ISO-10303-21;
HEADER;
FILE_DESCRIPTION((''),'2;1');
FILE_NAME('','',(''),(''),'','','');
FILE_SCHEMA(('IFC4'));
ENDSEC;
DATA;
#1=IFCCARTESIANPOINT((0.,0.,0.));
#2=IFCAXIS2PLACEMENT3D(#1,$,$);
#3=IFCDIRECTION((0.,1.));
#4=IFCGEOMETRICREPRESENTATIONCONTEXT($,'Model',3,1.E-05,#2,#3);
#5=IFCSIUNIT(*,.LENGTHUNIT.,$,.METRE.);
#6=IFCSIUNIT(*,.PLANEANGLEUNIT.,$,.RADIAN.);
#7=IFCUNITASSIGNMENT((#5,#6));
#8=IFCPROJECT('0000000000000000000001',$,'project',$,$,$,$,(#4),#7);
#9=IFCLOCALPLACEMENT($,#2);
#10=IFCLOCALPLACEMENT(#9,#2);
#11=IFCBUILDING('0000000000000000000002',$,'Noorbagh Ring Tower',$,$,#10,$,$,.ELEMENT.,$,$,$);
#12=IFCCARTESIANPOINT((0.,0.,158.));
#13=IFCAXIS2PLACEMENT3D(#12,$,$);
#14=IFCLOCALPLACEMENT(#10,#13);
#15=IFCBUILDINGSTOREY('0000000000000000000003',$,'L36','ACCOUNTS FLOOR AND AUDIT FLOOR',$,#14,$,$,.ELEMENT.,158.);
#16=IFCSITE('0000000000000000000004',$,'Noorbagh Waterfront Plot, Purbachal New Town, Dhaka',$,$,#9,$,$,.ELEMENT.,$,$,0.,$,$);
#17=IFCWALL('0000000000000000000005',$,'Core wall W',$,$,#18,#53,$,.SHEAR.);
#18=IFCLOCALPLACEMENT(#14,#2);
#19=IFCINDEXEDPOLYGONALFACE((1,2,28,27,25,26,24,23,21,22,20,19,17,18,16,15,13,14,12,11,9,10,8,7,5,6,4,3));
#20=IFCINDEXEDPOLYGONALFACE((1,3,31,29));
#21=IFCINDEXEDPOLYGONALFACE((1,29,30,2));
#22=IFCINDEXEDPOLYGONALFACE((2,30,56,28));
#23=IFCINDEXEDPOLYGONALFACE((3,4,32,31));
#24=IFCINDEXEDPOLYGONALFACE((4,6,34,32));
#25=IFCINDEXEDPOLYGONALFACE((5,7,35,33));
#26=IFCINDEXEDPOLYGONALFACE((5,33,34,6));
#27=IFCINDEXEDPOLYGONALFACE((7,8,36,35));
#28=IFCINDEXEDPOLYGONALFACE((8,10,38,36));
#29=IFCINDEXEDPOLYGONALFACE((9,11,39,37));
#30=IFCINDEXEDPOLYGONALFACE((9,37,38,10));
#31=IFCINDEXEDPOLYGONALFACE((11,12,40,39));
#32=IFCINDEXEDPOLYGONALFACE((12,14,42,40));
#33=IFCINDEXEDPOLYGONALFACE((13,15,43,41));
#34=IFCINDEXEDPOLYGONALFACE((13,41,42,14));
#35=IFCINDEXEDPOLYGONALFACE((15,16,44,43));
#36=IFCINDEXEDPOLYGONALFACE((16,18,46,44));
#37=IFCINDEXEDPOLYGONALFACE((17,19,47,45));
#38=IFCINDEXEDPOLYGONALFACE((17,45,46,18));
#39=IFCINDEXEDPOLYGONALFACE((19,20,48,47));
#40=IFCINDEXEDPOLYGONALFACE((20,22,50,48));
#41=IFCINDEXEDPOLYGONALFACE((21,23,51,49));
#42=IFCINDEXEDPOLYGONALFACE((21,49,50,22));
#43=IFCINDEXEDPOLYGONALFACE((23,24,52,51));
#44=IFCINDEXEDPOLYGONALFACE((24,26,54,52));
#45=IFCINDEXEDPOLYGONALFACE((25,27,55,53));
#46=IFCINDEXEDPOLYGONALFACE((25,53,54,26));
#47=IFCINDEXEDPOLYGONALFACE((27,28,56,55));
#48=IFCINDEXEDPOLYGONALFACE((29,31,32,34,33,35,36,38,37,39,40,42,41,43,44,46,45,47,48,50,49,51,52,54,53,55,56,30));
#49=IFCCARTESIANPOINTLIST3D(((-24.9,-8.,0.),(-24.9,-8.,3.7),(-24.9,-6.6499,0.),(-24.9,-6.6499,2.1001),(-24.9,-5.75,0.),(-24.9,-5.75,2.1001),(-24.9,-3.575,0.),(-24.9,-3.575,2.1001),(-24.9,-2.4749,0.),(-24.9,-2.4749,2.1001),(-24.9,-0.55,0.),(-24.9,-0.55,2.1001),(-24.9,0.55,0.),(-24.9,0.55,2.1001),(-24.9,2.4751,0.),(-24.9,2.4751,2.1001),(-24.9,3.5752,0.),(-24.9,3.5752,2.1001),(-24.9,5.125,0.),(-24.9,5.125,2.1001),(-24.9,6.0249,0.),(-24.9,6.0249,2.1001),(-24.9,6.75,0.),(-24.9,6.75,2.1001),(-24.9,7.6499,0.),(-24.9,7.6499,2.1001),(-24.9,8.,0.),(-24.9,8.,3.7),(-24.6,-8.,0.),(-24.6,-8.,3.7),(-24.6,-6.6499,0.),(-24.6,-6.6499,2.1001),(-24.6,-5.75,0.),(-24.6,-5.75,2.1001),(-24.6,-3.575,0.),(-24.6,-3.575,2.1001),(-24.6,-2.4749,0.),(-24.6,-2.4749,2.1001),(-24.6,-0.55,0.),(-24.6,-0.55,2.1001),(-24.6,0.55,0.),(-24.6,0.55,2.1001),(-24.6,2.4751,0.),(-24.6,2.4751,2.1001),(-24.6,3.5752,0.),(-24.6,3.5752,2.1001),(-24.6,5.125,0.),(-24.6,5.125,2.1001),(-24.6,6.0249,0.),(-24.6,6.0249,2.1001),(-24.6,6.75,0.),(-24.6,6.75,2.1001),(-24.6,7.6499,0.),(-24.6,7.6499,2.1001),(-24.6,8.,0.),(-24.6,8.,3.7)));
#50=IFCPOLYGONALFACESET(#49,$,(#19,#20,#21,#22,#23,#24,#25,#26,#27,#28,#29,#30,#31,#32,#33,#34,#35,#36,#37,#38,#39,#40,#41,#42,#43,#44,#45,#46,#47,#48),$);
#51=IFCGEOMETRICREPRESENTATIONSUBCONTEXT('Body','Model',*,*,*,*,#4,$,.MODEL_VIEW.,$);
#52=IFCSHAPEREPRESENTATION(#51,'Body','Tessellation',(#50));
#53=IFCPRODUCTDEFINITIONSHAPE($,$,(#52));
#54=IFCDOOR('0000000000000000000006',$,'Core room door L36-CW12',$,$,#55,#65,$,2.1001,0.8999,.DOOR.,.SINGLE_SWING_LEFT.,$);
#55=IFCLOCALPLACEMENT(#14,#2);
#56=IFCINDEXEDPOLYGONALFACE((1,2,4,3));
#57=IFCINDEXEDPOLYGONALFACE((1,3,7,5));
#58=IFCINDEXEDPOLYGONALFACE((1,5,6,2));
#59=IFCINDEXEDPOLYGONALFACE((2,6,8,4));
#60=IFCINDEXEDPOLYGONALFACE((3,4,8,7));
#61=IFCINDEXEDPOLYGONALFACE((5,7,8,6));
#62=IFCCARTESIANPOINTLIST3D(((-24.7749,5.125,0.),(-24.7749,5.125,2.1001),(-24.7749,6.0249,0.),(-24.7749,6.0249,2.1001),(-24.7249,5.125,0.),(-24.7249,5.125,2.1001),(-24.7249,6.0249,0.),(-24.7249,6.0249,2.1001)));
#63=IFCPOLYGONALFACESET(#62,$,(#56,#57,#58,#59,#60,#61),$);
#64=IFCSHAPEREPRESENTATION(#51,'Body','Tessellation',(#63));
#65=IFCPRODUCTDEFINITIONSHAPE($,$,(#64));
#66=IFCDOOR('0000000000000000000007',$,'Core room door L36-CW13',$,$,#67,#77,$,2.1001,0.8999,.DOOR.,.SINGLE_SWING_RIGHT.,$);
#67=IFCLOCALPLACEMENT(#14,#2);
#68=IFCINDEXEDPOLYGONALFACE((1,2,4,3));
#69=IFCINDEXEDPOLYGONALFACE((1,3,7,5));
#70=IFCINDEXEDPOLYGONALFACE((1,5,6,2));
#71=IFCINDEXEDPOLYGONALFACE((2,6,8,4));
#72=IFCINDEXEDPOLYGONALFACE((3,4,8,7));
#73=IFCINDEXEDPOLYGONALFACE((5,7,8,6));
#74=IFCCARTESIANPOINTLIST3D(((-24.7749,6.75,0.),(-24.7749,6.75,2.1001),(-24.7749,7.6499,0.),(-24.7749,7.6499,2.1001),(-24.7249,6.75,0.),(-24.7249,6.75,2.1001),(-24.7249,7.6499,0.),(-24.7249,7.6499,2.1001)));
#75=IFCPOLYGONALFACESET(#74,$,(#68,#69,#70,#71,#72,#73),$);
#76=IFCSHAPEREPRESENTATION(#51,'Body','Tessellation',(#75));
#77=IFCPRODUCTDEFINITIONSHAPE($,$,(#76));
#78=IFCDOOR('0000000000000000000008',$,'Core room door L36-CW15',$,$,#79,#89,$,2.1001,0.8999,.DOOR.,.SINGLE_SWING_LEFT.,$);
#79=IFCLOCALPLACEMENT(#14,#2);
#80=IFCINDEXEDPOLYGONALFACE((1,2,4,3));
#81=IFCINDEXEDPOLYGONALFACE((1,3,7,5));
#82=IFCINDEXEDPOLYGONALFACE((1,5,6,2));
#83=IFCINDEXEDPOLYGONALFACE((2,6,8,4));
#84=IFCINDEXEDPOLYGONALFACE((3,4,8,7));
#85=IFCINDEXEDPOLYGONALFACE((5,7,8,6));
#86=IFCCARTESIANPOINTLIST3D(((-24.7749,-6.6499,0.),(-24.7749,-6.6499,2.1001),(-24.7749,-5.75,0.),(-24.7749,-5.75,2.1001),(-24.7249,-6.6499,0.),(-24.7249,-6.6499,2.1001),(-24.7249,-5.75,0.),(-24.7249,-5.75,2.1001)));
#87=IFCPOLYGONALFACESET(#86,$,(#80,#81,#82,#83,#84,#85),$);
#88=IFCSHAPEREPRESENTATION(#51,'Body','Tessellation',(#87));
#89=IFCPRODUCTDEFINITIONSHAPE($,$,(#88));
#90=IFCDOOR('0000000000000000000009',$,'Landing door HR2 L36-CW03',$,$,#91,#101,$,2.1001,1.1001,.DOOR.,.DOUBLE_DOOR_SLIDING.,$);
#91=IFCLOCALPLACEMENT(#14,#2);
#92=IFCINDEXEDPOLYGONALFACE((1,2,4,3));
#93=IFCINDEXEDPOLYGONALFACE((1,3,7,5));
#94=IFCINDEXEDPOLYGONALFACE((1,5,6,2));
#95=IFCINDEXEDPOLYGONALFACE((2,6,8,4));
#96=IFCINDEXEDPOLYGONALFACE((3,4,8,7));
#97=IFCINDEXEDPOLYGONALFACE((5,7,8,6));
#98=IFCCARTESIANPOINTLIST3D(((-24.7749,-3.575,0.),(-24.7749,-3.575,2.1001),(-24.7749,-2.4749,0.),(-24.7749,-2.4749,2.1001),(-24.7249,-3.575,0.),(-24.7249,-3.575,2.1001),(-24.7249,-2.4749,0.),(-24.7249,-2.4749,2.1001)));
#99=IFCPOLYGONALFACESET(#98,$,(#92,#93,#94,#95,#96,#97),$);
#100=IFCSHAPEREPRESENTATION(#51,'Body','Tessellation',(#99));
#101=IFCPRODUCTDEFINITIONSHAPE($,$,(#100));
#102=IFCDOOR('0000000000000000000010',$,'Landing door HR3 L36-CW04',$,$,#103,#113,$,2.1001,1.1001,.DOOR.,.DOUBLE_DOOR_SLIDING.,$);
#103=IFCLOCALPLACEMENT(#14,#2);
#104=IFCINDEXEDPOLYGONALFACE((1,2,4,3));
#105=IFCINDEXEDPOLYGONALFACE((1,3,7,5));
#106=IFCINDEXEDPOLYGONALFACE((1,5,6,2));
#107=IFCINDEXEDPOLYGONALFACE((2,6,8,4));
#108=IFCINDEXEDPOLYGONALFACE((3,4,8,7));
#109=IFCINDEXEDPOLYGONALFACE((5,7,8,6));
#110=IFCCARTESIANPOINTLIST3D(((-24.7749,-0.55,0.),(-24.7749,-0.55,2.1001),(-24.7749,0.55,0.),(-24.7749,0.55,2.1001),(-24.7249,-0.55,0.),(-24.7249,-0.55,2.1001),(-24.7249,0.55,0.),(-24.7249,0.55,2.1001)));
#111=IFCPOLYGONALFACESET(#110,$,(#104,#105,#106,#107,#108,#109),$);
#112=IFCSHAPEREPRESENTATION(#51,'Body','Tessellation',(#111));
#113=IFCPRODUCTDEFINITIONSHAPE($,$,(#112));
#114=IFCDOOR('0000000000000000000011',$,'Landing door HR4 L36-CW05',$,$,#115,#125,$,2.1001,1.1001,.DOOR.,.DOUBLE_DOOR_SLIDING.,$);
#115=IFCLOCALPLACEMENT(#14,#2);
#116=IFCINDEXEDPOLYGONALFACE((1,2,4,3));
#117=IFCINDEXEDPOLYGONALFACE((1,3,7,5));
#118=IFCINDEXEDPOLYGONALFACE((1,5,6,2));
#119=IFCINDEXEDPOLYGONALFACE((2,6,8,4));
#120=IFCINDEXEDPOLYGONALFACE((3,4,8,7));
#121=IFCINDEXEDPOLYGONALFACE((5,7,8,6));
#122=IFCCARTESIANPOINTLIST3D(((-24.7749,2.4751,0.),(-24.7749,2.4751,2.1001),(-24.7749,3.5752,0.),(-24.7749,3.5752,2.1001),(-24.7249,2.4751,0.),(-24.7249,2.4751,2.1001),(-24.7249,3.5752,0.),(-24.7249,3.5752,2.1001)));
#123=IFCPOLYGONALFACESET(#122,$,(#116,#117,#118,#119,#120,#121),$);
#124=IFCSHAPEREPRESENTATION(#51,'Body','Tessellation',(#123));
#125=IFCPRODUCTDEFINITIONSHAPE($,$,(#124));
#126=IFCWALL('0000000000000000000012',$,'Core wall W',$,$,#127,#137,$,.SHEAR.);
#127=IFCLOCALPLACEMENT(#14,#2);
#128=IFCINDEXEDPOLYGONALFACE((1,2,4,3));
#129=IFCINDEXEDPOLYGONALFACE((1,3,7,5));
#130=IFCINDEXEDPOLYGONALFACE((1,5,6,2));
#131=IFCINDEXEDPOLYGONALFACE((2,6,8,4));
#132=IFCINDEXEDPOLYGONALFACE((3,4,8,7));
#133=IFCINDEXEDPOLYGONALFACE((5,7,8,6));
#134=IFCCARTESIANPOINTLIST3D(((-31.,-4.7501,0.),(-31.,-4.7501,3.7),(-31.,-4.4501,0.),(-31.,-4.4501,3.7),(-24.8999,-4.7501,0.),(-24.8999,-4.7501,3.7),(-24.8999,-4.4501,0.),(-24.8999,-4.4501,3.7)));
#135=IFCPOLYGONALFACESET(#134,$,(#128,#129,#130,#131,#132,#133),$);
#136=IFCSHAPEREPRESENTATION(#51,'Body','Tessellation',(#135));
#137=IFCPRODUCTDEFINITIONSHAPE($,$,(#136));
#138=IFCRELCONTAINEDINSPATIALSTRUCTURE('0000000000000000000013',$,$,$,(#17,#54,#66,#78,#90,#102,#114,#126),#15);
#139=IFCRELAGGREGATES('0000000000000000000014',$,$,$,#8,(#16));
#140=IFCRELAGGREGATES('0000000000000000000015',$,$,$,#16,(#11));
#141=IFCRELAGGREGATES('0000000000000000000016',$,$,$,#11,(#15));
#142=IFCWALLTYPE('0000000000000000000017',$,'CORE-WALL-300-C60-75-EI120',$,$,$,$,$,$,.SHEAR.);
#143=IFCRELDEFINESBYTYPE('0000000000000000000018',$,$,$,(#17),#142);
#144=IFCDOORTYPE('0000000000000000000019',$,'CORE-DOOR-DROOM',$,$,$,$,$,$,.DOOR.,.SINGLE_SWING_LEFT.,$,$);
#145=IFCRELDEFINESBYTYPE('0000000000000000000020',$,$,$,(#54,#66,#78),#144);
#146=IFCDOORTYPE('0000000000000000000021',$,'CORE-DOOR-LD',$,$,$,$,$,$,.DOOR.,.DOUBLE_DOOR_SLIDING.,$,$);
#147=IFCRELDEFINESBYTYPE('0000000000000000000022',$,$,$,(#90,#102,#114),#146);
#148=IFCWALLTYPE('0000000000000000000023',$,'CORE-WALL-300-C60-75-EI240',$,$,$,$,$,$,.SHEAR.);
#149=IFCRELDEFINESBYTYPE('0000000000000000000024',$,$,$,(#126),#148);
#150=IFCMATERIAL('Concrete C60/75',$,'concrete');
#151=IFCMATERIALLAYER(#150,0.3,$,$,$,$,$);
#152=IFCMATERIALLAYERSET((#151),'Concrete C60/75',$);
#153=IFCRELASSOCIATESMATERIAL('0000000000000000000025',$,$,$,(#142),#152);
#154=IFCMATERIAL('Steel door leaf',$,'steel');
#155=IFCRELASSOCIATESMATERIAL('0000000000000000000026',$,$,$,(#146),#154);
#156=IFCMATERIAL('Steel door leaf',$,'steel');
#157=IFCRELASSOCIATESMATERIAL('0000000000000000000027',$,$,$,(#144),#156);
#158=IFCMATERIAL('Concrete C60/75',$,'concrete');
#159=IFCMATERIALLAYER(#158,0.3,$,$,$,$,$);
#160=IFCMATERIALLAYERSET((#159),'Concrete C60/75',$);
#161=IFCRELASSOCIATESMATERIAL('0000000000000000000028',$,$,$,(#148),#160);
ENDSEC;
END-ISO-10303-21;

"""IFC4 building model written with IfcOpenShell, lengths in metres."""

from ifc_helpers import new_model, si_unit, direction, frame, frame_2d, origin, place, context, subcontext, project, spatial, rectangle, extrude, material, layer, layer_set, type_object, element, fill, save


model = new_model("IFC4")

# Units and contexts
model_context = context("Model", 3, precision=1e-05, world=origin(), true_north=direction((0.0, 1.0)))
body_context = subcontext(model_context, "Body", "Model", "MODEL_VIEW")
ifc_project = project(units=[si_unit("LENGTHUNIT", "METRE"), si_unit("PLANEANGLEUNIT", "RADIAN")], contexts=[model_context])

# Site, building, storey
site_placement = place(None, origin())
site = spatial("IfcSite", under=ifc_project, at=site_placement, Name="Noorbagh Waterfront Plot, Purbachal New Town, Dhaka", CompositionType="ELEMENT", RefElevation=0.0)
building_placement = place(site_placement, origin())
building = spatial("IfcBuilding", under=site, at=building_placement, Name="Noorbagh Ring Tower", CompositionType="ELEMENT")
storey_placement = place(building_placement, frame((0.0, 0.0, 158.0)))
storey = spatial("IfcBuildingStorey", under=building, at=storey_placement, Name="L36", Description="ACCOUNTS FLOOR AND AUDIT FLOOR", CompositionType="ELEMENT", Elevation=158.0)

# Shared definitions
ifc_material_1 = material(Name="Concrete C60/75", Category="concrete")
ifc_layer_1 = layer(ifc_material_1, 0.3)
ifc_layer_set_1 = layer_set([ifc_layer_1], Name="Concrete C60/75")
wall_type_1 = type_object("IfcWallType", Name="CORE-WALL-300-C60-75-EI120", PredefinedType="SHEAR", material=ifc_layer_set_1)

# Wall, openings, doors
ifc_material_2 = material(Name="Steel door leaf", Category="steel")
door_type_1 = type_object("IfcDoorType", Name="CORE-DOOR-LD", OperationType="DOUBLE_DOOR_SLIDING", PredefinedType="DOOR", material=ifc_material_2)
wall_1_placement = place(storey_placement, frame((-24.75, -8.0, 0.0), z_axis=(0.0, 0.0, 1.0), x_axis=(0.0, 1.0, 0.0)))
wall_1 = element("IfcWall", 1, at=wall_1_placement, inside=storey, type_object=wall_type_1, Name="Core wall W", PredefinedType="SHEAR", context=body_context, shape_type="SweptSolid", body=[
    extrude(rectangle(XDim=16.0, YDim=0.3, at=frame_2d((8.0, 0.0))), origin(), (0.0, 0.0, 1.0), 3.7),
])
opening_1_placement = place(wall_1_placement, frame((4.425, 0.0, 0.0)))
opening_1 = element("IfcOpeningElement", 2, at=opening_1_placement, cuts=wall_1, PredefinedType="OPENING", context=body_context, shape_type="SweptSolid", body=[
    extrude(rectangle(XDim=1.1001, YDim=2.1001, at=frame_2d((0.55, 1.05))), frame((0.0, 0.1602, 0.0), z_axis=(0.0, -1.0, 0.0), x_axis=(1.0, 0.0, 0.0)), (0.0, 0.0, 1.0), 0.3201),
])
opening_2_placement = place(wall_1_placement, frame((7.45, 0.0, 0.0)))
opening_2 = element("IfcOpeningElement", 3, at=opening_2_placement, cuts=wall_1, PredefinedType="OPENING", context=body_context, shape_type="SweptSolid", body=[
    extrude(rectangle(XDim=1.1001, YDim=2.1001, at=frame_2d((0.55, 1.05))), frame((0.0, 0.1602, 0.0), z_axis=(0.0, -1.0, 0.0), x_axis=(1.0, 0.0, 0.0)), (0.0, 0.0, 1.0), 0.3201),
])
opening_3_placement = place(wall_1_placement, frame((10.4751, 0.0, 0.0)))
opening_3 = element("IfcOpeningElement", 4, at=opening_3_placement, cuts=wall_1, PredefinedType="OPENING", context=body_context, shape_type="SweptSolid", body=[
    extrude(rectangle(XDim=1.1001, YDim=2.1001, at=frame_2d((0.55, 1.05))), frame((0.0, 0.1602, 0.0), z_axis=(0.0, -1.0, 0.0), x_axis=(1.0, 0.0, 0.0)), (0.0, 0.0, 1.0), 0.3201),
])
opening_4_placement = place(wall_1_placement, frame((13.125, 0.0, 0.0)))
opening_4 = element("IfcOpeningElement", 5, at=opening_4_placement, cuts=wall_1, PredefinedType="OPENING", context=body_context, shape_type="SweptSolid", body=[
    extrude(rectangle(XDim=0.8999, YDim=2.1001, at=frame_2d((0.45, 1.05))), frame((0.0, 0.1602, 0.0), z_axis=(0.0, -1.0, 0.0), x_axis=(1.0, 0.0, 0.0)), (0.0, 0.0, 1.0), 0.3201),
])
opening_5_placement = place(wall_1_placement, frame((14.75, 0.0, 0.0)))
opening_5 = element("IfcOpeningElement", 6, at=opening_5_placement, cuts=wall_1, PredefinedType="OPENING", context=body_context, shape_type="SweptSolid", body=[
    extrude(rectangle(XDim=0.8999, YDim=2.1001, at=frame_2d((0.45, 1.05))), frame((0.0, 0.1602, 0.0), z_axis=(0.0, -1.0, 0.0), x_axis=(1.0, 0.0, 0.0)), (0.0, 0.0, 1.0), 0.3201),
])
opening_6_placement = place(wall_1_placement, frame((1.3501, 0.0, 0.0)))
opening_6 = element("IfcOpeningElement", 7, at=opening_6_placement, cuts=wall_1, PredefinedType="OPENING", context=body_context, shape_type="SweptSolid", body=[
    extrude(rectangle(XDim=0.8999, YDim=2.1001, at=frame_2d((0.45, 1.05))), frame((0.0, 0.1602, 0.0), z_axis=(0.0, -1.0, 0.0), x_axis=(1.0, 0.0, 0.0)), (0.0, 0.0, 1.0), 0.3201),
])
ifc_material_3 = material(Name="Steel door leaf", Category="steel")
door_type_2 = type_object("IfcDoorType", Name="CORE-DOOR-DROOM", OperationType="SINGLE_SWING_LEFT", PredefinedType="DOOR", material=ifc_material_3)
door_1_placement = place(opening_4_placement, origin())
door_1 = element("IfcDoor", 8, at=door_1_placement, inside=storey, type_object=door_type_2, Name="Core room door L36-CW12", OperationType="SINGLE_SWING_LEFT", OverallHeight=2.1001, OverallWidth=0.8999, PredefinedType="DOOR", context=body_context, shape_type="SweptSolid", body=[
    extrude(rectangle(XDim=0.8999, YDim=2.1001, at=frame_2d((0.45, 1.05))), frame((0.0, 0.0249, 0.0), z_axis=(0.0, -1.0, 0.0), x_axis=(1.0, 0.0, 0.0)), (0.0, 0.0, 1.0), 0.05),
])
fill(opening_4, door_1)
door_2_placement = place(opening_5_placement, origin())
door_2 = element("IfcDoor", 9, at=door_2_placement, inside=storey, type_object=door_type_2, Name="Core room door L36-CW13", OperationType="SINGLE_SWING_RIGHT", OverallHeight=2.1001, OverallWidth=0.8999, PredefinedType="DOOR", context=body_context, shape_type="SweptSolid", body=[
    extrude(rectangle(XDim=0.8999, YDim=2.1001, at=frame_2d((0.45, 1.05))), frame((0.0, 0.0249, 0.0), z_axis=(0.0, -1.0, 0.0), x_axis=(1.0, 0.0, 0.0)), (0.0, 0.0, 1.0), 0.05),
])
fill(opening_5, door_2)
door_3_placement = place(opening_6_placement, origin())
door_3 = element("IfcDoor", 10, at=door_3_placement, inside=storey, type_object=door_type_2, Name="Core room door L36-CW15", OperationType="SINGLE_SWING_LEFT", OverallHeight=2.1001, OverallWidth=0.8999, PredefinedType="DOOR", context=body_context, shape_type="SweptSolid", body=[
    extrude(rectangle(XDim=0.8999, YDim=2.1001, at=frame_2d((0.45, 1.05))), frame((0.0, 0.0249, 0.0), z_axis=(0.0, -1.0, 0.0), x_axis=(1.0, 0.0, 0.0)), (0.0, 0.0, 1.0), 0.05),
])
fill(opening_6, door_3)
door_4_placement = place(opening_1_placement, origin())
door_4 = element("IfcDoor", 11, at=door_4_placement, inside=storey, type_object=door_type_1, Name="Landing door HR2 L36-CW03", OperationType="DOUBLE_DOOR_SLIDING", OverallHeight=2.1001, OverallWidth=1.1001, PredefinedType="DOOR", context=body_context, shape_type="SweptSolid", body=[
    extrude(rectangle(XDim=1.1001, YDim=2.1001, at=frame_2d((0.55, 1.05))), frame((0.0, 0.0249, 0.0), z_axis=(0.0, -1.0, 0.0), x_axis=(1.0, 0.0, 0.0)), (0.0, 0.0, 1.0), 0.05),
])
fill(opening_1, door_4)
door_5_placement = place(opening_2_placement, origin())
door_5 = element("IfcDoor", 12, at=door_5_placement, inside=storey, type_object=door_type_1, Name="Landing door HR3 L36-CW04", OperationType="DOUBLE_DOOR_SLIDING", OverallHeight=2.1001, OverallWidth=1.1001, PredefinedType="DOOR", context=body_context, shape_type="SweptSolid", body=[
    extrude(rectangle(XDim=1.1001, YDim=2.1001, at=frame_2d((0.55, 1.05))), frame((0.0, 0.0249, 0.0), z_axis=(0.0, -1.0, 0.0), x_axis=(1.0, 0.0, 0.0)), (0.0, 0.0, 1.0), 0.05),
])
fill(opening_2, door_5)
door_6_placement = place(opening_3_placement, origin())
door_6 = element("IfcDoor", 13, at=door_6_placement, inside=storey, type_object=door_type_1, Name="Landing door HR4 L36-CW05", OperationType="DOUBLE_DOOR_SLIDING", OverallHeight=2.1001, OverallWidth=1.1001, PredefinedType="DOOR", context=body_context, shape_type="SweptSolid", body=[
    extrude(rectangle(XDim=1.1001, YDim=2.1001, at=frame_2d((0.55, 1.05))), frame((0.0, 0.0249, 0.0), z_axis=(0.0, -1.0, 0.0), x_axis=(1.0, 0.0, 0.0)), (0.0, 0.0, 1.0), 0.05),
])
fill(opening_3, door_6)

# Wall
ifc_material_4 = material(Name="Concrete C60/75", Category="concrete")
ifc_layer_2 = layer(ifc_material_4, 0.3)
ifc_layer_set_2 = layer_set([ifc_layer_2], Name="Concrete C60/75")
wall_type_2 = type_object("IfcWallType", Name="CORE-WALL-300-C60-75-EI240", PredefinedType="SHEAR", material=ifc_layer_set_2)
wall_2_placement = place(storey_placement, frame((-24.8999, -4.6001, 0.0), z_axis=(0.0, 0.0, 1.0), x_axis=(-1.0, 0.0, 0.0)))
element("IfcWall", 14, at=wall_2_placement, inside=storey, type_object=wall_type_2, Name="Core wall W", PredefinedType="SHEAR", context=body_context, shape_type="SweptSolid", body=[
    extrude(rectangle(XDim=6.1001, YDim=0.3, at=frame_2d((3.05, 0.0))), origin(), (0.0, 0.0, 1.0), 3.7),
])

save(model, "model.ifc")
